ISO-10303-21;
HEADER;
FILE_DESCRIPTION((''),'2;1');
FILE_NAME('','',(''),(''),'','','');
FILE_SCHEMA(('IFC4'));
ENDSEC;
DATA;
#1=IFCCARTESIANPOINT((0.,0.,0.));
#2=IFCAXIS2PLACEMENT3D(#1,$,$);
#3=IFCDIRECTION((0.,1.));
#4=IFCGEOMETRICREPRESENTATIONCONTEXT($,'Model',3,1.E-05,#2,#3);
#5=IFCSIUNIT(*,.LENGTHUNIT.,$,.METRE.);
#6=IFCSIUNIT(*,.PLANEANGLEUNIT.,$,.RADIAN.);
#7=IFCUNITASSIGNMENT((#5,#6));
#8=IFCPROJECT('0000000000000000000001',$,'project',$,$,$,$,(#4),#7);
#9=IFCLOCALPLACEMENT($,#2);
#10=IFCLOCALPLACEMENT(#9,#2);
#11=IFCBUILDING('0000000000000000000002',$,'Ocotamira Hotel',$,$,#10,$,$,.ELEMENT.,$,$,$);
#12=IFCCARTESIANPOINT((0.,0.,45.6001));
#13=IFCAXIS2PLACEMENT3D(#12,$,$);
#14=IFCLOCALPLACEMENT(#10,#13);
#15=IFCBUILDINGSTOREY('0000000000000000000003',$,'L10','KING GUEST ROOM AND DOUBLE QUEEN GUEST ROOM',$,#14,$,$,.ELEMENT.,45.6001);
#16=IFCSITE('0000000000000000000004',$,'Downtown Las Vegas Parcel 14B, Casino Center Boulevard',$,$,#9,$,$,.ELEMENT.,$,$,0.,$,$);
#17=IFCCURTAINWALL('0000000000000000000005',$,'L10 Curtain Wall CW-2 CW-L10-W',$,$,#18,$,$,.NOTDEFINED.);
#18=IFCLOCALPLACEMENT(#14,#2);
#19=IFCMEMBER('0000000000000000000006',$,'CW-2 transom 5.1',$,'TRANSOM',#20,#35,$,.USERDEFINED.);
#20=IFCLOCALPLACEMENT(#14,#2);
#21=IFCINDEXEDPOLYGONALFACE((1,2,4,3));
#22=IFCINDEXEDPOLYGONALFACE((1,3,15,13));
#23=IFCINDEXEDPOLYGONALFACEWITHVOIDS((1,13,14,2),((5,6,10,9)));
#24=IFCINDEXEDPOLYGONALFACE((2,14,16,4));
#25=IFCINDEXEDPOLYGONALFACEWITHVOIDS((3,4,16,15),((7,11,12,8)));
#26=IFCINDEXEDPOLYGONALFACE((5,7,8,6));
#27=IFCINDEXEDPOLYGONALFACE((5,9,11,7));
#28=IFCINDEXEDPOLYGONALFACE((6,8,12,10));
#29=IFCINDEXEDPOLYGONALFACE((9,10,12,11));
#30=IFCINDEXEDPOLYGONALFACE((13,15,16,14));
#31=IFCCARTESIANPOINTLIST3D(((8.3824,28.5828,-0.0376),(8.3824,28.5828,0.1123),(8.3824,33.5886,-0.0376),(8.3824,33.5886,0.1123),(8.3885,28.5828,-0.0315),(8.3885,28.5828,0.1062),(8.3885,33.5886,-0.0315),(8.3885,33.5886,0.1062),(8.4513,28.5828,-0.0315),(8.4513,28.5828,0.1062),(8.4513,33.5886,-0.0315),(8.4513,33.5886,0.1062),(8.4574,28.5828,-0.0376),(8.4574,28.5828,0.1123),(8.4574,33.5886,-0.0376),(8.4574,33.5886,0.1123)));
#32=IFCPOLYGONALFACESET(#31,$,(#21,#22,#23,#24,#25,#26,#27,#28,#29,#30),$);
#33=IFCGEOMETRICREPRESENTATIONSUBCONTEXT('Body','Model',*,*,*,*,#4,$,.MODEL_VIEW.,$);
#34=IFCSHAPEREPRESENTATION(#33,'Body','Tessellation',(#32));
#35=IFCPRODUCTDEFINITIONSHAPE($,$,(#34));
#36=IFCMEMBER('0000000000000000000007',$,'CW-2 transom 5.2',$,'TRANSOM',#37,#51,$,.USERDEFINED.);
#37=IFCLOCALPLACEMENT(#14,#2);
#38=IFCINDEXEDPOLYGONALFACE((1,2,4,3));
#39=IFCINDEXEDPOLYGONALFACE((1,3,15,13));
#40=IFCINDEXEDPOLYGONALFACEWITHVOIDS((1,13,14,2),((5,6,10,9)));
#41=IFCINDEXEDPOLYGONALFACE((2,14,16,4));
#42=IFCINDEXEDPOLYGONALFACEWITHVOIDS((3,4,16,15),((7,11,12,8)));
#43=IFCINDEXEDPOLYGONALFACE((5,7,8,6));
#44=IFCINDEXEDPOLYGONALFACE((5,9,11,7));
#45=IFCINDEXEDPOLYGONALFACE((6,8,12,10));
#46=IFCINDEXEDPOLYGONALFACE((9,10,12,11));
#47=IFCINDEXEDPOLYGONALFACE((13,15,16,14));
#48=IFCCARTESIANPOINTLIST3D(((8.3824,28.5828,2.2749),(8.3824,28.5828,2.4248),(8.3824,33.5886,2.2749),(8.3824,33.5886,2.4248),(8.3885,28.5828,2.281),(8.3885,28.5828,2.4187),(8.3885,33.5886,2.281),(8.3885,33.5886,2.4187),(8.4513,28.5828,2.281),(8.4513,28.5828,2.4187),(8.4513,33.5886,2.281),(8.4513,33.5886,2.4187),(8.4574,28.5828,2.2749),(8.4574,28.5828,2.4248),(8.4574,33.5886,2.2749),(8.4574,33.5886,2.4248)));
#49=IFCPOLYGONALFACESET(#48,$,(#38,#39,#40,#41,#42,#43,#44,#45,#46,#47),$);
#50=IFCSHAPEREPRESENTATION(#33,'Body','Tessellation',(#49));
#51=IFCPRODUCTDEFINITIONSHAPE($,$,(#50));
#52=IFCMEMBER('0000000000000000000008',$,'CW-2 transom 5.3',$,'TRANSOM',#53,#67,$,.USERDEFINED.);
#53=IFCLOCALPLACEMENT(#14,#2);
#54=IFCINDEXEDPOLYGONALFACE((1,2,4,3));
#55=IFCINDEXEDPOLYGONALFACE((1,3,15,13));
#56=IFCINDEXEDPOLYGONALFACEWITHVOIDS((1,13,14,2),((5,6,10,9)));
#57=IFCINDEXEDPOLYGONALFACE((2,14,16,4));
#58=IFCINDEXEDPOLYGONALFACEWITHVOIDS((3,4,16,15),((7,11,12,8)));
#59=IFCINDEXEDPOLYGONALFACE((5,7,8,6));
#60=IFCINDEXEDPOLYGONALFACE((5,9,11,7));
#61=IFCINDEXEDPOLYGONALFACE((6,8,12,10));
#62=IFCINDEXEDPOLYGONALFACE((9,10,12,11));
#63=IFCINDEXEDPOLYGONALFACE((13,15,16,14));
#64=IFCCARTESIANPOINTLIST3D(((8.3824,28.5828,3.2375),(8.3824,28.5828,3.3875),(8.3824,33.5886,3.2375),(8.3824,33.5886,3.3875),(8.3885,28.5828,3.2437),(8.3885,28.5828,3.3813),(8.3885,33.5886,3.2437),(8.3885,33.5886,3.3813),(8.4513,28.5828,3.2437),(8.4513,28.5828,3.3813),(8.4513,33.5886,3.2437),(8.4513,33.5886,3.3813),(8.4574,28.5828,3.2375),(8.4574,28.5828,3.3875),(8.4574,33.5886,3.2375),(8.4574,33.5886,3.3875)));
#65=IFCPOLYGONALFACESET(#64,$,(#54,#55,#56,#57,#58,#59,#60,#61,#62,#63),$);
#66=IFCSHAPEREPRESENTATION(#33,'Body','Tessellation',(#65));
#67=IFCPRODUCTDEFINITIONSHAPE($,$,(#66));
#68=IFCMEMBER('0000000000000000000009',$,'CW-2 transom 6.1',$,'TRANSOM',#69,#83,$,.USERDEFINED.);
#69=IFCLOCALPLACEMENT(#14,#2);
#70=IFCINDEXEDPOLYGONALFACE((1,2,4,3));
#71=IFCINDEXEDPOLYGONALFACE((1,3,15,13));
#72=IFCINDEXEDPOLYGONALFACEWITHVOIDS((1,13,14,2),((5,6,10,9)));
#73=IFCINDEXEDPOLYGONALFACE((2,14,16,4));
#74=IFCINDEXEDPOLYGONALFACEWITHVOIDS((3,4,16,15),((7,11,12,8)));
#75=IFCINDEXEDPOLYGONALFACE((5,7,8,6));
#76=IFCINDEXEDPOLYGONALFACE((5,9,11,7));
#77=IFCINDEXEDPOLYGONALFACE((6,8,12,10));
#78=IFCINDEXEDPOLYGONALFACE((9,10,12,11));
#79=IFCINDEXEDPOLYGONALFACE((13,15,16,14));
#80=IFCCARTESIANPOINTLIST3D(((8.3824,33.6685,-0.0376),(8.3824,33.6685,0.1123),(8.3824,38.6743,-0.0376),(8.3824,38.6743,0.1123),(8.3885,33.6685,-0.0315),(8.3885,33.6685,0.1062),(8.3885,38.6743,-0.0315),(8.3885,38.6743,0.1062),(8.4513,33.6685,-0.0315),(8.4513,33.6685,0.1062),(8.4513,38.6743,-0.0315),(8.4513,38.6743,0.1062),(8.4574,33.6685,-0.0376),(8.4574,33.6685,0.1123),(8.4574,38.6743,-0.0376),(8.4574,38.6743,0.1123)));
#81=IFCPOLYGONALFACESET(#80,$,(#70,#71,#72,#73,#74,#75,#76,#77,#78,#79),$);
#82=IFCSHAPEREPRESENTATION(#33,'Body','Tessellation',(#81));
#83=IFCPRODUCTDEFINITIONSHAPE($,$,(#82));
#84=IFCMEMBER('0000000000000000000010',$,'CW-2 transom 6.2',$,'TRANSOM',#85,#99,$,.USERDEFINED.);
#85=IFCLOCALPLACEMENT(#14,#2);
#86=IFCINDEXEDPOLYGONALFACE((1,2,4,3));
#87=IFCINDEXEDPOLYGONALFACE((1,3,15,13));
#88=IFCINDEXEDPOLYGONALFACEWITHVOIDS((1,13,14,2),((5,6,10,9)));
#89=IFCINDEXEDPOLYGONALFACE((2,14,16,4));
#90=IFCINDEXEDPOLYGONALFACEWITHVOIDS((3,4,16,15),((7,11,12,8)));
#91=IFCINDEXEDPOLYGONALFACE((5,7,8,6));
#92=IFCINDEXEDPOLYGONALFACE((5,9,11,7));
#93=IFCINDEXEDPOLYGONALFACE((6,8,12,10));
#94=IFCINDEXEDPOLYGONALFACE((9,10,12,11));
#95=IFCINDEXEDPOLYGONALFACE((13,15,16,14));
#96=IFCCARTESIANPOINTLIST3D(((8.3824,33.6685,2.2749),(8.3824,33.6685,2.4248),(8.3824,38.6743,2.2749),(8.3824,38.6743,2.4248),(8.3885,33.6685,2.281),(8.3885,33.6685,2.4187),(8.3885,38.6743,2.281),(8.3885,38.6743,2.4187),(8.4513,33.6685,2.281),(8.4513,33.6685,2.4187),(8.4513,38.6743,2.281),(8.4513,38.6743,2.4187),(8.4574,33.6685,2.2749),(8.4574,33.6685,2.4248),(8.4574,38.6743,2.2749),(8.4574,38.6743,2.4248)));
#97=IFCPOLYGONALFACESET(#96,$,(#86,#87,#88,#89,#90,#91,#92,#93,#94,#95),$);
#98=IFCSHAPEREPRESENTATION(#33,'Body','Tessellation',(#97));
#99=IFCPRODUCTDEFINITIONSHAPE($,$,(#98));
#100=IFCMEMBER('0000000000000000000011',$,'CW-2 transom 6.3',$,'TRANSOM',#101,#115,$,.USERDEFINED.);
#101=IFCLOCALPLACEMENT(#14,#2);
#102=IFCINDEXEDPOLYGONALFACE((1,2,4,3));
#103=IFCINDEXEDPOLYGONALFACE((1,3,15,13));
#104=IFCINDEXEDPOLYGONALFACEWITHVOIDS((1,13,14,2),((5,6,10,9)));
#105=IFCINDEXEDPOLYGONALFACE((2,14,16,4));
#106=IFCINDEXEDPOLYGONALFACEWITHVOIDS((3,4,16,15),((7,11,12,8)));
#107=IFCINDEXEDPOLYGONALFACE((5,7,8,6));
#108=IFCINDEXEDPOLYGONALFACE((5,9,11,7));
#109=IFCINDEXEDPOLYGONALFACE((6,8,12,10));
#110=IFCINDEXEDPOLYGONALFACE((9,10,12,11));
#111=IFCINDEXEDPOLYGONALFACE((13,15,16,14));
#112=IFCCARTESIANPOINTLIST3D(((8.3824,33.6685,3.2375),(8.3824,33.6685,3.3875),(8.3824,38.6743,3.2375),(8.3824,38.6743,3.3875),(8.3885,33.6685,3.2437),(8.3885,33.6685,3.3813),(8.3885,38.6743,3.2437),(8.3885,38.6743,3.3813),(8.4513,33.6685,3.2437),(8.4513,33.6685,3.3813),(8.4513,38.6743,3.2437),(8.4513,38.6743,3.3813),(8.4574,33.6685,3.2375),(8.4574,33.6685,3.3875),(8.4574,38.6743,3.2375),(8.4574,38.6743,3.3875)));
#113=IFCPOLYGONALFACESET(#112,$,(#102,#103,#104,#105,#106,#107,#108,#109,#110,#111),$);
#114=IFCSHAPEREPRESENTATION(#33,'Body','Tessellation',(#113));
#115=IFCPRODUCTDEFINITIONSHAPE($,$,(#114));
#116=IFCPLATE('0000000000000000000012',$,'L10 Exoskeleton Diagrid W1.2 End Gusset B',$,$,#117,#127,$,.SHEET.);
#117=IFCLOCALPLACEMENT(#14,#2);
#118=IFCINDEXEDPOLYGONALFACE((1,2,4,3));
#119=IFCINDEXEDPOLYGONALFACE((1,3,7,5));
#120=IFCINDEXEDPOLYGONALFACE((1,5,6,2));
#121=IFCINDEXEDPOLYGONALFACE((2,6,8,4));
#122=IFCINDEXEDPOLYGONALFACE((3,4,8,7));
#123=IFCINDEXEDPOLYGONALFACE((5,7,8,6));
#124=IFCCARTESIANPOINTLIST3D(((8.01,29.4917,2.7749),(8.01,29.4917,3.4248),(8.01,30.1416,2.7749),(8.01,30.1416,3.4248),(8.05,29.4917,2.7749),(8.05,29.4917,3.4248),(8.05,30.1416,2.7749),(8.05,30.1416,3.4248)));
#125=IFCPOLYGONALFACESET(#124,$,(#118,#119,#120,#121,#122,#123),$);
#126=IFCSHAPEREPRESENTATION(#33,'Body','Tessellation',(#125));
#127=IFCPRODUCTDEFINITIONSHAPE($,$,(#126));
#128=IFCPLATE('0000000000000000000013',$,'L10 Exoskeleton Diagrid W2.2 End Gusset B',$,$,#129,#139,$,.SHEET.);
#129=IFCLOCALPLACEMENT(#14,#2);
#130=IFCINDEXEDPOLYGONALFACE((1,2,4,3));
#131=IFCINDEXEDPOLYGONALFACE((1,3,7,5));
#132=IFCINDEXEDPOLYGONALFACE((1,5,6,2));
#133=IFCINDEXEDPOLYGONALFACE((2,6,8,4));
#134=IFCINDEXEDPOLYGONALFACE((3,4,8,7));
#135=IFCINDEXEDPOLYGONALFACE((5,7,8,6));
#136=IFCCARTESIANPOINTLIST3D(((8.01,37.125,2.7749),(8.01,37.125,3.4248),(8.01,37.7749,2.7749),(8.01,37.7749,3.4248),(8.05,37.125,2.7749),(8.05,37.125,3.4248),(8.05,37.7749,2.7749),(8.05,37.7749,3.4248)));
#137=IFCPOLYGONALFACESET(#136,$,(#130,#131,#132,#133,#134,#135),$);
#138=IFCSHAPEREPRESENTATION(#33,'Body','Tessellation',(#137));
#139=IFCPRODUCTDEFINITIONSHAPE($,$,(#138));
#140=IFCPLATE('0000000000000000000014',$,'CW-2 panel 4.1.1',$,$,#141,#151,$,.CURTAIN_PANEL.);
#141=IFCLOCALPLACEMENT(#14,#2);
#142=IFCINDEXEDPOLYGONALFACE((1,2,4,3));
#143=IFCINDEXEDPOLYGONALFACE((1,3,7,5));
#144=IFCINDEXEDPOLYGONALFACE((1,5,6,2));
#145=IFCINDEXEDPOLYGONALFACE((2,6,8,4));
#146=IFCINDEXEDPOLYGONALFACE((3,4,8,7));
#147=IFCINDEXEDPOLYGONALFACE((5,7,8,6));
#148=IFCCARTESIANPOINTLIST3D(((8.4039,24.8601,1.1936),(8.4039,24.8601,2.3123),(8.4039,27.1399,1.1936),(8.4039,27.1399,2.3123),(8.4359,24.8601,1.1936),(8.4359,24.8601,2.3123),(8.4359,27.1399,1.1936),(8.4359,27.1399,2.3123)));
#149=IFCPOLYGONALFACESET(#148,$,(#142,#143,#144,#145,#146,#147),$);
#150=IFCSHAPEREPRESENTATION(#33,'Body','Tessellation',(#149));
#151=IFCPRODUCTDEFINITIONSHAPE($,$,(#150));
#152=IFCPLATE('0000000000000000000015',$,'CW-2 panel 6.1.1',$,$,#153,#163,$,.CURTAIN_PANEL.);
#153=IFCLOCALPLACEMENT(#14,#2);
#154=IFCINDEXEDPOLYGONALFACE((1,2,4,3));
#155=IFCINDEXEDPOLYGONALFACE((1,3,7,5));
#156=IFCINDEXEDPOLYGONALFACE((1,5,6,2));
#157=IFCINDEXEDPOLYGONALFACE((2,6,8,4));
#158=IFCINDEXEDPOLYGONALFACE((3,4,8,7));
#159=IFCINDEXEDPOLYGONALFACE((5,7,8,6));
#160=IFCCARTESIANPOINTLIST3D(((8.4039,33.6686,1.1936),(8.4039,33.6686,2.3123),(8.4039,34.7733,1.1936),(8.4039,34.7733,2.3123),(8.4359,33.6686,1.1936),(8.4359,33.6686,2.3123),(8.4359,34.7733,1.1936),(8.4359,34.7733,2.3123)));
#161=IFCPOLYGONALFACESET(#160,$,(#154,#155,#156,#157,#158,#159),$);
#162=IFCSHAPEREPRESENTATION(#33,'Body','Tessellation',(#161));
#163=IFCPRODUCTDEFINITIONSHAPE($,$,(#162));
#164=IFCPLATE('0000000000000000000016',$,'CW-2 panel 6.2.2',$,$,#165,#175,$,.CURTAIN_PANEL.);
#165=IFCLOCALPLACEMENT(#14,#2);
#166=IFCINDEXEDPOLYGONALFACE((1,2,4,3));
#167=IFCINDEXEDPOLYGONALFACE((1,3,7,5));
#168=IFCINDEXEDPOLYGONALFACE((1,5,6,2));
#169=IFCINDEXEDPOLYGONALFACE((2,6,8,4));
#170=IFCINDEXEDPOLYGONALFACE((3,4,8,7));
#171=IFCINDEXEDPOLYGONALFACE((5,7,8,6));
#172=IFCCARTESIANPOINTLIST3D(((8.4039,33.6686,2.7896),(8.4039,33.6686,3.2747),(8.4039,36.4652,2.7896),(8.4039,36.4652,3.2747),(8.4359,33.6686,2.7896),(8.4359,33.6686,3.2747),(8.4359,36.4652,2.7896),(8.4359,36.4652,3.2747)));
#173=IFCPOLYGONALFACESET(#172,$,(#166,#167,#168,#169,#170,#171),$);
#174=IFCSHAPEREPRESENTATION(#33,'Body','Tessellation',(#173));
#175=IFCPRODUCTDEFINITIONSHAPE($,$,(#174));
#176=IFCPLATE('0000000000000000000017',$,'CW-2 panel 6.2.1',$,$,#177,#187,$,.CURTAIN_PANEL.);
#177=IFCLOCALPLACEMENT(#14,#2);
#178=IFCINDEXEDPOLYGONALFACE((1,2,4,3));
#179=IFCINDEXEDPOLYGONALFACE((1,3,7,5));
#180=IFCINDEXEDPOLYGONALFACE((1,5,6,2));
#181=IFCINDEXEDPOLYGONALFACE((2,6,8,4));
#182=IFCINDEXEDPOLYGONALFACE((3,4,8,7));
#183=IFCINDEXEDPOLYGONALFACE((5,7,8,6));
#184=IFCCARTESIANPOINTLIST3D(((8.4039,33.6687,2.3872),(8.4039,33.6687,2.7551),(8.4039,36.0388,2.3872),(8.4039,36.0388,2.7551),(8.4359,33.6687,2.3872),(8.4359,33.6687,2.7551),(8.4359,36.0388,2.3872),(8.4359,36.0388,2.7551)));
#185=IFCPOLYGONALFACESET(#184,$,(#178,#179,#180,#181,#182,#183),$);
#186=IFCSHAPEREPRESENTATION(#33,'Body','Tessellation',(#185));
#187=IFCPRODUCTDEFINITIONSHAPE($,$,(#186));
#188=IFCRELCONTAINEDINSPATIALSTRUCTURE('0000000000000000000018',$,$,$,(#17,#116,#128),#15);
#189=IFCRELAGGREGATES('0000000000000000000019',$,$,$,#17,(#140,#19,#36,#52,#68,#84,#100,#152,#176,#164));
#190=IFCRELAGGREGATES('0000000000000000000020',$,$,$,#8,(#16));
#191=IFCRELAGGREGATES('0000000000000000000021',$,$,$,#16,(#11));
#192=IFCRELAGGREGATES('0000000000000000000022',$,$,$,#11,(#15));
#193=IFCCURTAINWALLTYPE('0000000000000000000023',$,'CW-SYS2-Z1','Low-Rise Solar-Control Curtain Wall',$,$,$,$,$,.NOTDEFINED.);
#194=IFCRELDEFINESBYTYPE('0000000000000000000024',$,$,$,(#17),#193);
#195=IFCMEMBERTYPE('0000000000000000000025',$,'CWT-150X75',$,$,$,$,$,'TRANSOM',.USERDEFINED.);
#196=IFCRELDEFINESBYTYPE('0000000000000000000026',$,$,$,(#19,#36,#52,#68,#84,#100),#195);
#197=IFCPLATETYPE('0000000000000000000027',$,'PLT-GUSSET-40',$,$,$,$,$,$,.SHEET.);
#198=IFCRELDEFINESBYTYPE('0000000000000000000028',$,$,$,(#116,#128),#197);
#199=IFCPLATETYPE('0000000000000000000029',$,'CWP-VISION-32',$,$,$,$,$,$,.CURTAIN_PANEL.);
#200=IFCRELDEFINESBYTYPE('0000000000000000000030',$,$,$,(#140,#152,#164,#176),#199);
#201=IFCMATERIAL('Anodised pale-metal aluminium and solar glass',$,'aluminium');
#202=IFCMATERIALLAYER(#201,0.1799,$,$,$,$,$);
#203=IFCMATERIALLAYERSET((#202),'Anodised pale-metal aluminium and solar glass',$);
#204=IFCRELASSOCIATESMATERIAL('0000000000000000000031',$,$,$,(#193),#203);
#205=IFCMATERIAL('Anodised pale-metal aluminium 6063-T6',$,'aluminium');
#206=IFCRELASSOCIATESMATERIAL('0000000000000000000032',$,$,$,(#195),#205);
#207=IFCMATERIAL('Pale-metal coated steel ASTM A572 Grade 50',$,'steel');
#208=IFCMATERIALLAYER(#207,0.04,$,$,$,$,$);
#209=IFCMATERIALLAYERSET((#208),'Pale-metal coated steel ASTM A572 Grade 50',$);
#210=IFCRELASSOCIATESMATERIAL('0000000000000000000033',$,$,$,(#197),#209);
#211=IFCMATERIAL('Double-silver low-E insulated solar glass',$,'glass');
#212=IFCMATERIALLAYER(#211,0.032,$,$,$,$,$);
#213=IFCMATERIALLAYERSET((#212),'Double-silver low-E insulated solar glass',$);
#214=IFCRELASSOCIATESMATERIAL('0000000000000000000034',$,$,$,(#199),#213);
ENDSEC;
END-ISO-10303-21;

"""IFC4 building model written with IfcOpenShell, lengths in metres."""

from ifc_helpers import new_model, si_unit, direction, frame, origin, origin_2d, place, context, subcontext, project, spatial, rectangle, hollow_rectangle, extrude, source, transform, mapped, material, layer, layer_set, material_profile, profile_set, type_object, element, aggregate, save


model = new_model("IFC4")

# Units and contexts
model_context = context("Model", 3, precision=1e-05, world=origin(), true_north=direction((0.0, 1.0)))
body_context = subcontext(model_context, "Body", "Model", "MODEL_VIEW")
ifc_project = project(units=[si_unit("LENGTHUNIT", "METRE"), si_unit("PLANEANGLEUNIT", "RADIAN")], contexts=[model_context])

# Site, building, storey
site_placement = place(None, origin())
site = spatial("IfcSite", under=ifc_project, at=site_placement, Name="Downtown Las Vegas Parcel 14B, Casino Center Boulevard", CompositionType="ELEMENT", RefElevation=0.0)
building_placement = place(site_placement, origin())
building = spatial("IfcBuilding", under=site, at=building_placement, Name="Ocotamira Hotel", CompositionType="ELEMENT")
storey_placement = place(building_placement, frame((0.0, 0.0, 45.6001)))
storey = spatial("IfcBuildingStorey", under=building, at=storey_placement, Name="L10", Description="KING GUEST ROOM AND DOUBLE QUEEN GUEST ROOM", CompositionType="ELEMENT", Elevation=45.6001)

# Curtain wall, members
ifc_material_1 = material(Name="Anodised pale-metal aluminium and solar glass", Category="aluminium")
ifc_layer_1 = layer(ifc_material_1, 0.1799)
ifc_layer_set_1 = layer_set([ifc_layer_1], Name="Anodised pale-metal aluminium and solar glass")
curtain_wall_type = type_object("IfcCurtainWallType", Name="CW-SYS2-Z1", Description="Low-Rise Solar-Control Curtain Wall", PredefinedType="NOTDEFINED", material=ifc_layer_set_1)
curtain_wall_placement = place(storey_placement, origin())
curtain_wall = element("IfcCurtainWall", 1, at=curtain_wall_placement, inside=storey, type_object=curtain_wall_type, Name="L10 Curtain Wall CW-2 CW-L10-W", PredefinedType="NOTDEFINED")
ifc_material_2 = material(Name="Anodised pale-metal aluminium 6063-T6", Category="aluminium")
ifc_material_profile_1 = material_profile(ifc_material_2, hollow_rectangle(XDim=0.075, YDim=0.1499, WallThickness=0.0061, at=origin_2d()), Name="HSS150X75X6")
ifc_profile_set_1 = profile_set([ifc_material_profile_1], Name="Anodised pale-metal aluminium 6063-T6")
member_type_1 = type_object("IfcMemberType", Name="CWT-150X75", ElementType="TRANSOM", PredefinedType="USERDEFINED", material=ifc_profile_set_1)
shared_shape_1 = source(origin(), body_context, "Body", "SweptSolid", [
    extrude(hollow_rectangle(XDim=0.075, YDim=0.1499, WallThickness=0.0061, at=origin_2d()), origin(), (0.0, 0.0, 1.0), 5.0059),
])
member_1_placement = place(storey_placement, frame((8.4199, 28.5828, 0.0374), z_axis=(0.0, 1.0, 0.0), x_axis=(-1.0, 0.0, 0.0)))
member_1 = element("IfcMember", 2, at=member_1_placement, type_object=member_type_1, Name="CW-2 transom 5.1", ObjectType="TRANSOM", PredefinedType="USERDEFINED", context=body_context, shape_type="MappedRepresentation", body=[
    mapped(shared_shape_1, transform((0.0, 0.0, 0.0), scale=1.0)),
])
member_2_placement = place(storey_placement, frame((8.4199, 28.5828, 2.3499), z_axis=(0.0, 1.0, 0.0), x_axis=(-1.0, 0.0, 0.0)))
member_2 = element("IfcMember", 3, at=member_2_placement, type_object=member_type_1, Name="CW-2 transom 5.2", ObjectType="TRANSOM", PredefinedType="USERDEFINED", context=body_context, shape_type="MappedRepresentation", body=[
    mapped(shared_shape_1, transform((0.0, 0.0, 0.0), scale=1.0)),
])
member_3_placement = place(storey_placement, frame((8.4199, 28.5828, 3.3125), z_axis=(0.0, 1.0, 0.0), x_axis=(-1.0, 0.0, 0.0)))
member_3 = element("IfcMember", 4, at=member_3_placement, type_object=member_type_1, Name="CW-2 transom 5.3", ObjectType="TRANSOM", PredefinedType="USERDEFINED", context=body_context, shape_type="MappedRepresentation", body=[
    mapped(shared_shape_1, transform((0.0, 0.0, 0.0), scale=1.0)),
])
member_4_placement = place(storey_placement, frame((8.4199, 33.6685, 0.0374), z_axis=(0.0, 1.0, 0.0), x_axis=(-1.0, 0.0, 0.0)))
member_4 = element("IfcMember", 5, at=member_4_placement, type_object=member_type_1, Name="CW-2 transom 6.1", ObjectType="TRANSOM", PredefinedType="USERDEFINED", context=body_context, shape_type="MappedRepresentation", body=[
    mapped(shared_shape_1, transform((0.0, 0.0, 0.0), scale=1.0)),
])
member_5_placement = place(storey_placement, frame((8.4199, 33.6685, 2.3499), z_axis=(0.0, 1.0, 0.0), x_axis=(-1.0, 0.0, 0.0)))
member_5 = element("IfcMember", 6, at=member_5_placement, type_object=member_type_1, Name="CW-2 transom 6.2", ObjectType="TRANSOM", PredefinedType="USERDEFINED", context=body_context, shape_type="MappedRepresentation", body=[
    mapped(shared_shape_1, transform((0.0, 0.0, 0.0), scale=1.0)),
])
member_6_placement = place(storey_placement, frame((8.4199, 33.6685, 3.3125), z_axis=(0.0, 1.0, 0.0), x_axis=(-1.0, 0.0, 0.0)))
member_6 = element("IfcMember", 7, at=member_6_placement, type_object=member_type_1, Name="CW-2 transom 6.3", ObjectType="TRANSOM", PredefinedType="USERDEFINED", context=body_context, shape_type="MappedRepresentation", body=[
    mapped(shared_shape_1, transform((0.0, 0.0, 0.0), scale=1.0)),
])

# Plates
ifc_material_3 = material(Name="Pale-metal coated steel ASTM A572 Grade 50", Category="steel")
ifc_layer_2 = layer(ifc_material_3, 0.04)
ifc_layer_set_2 = layer_set([ifc_layer_2], Name="Pale-metal coated steel ASTM A572 Grade 50")
plate_type_1 = type_object("IfcPlateType", Name="PLT-GUSSET-40", PredefinedType="SHEET", material=ifc_layer_set_2)
shared_shape_2 = source(origin(), body_context, "Body", "SweptSolid", [
    extrude(rectangle(XDim=0.04, YDim=0.6499, at=origin_2d()), origin(), (0.0, 0.0, 1.0), 0.6499),
])
for number, where, z_axis, x_axis, name in (
    (8, (8.03, 29.8167, 2.7749), (0.0, 0.0, 1.0), (1.0, 0.0, 0.0), "L10 Exoskeleton Diagrid W1.2 End Gusset B"),
    (9, (8.03, 37.45, 2.7749), (0.0, 0.0, 1.0), (1.0, 0.0, 0.0), "L10 Exoskeleton Diagrid W2.2 End Gusset B"),
):
    element("IfcPlate", number, at=place(storey_placement, frame(where, z_axis=z_axis, x_axis=x_axis)), inside=storey, type_object=plate_type_1, Name=name, PredefinedType="SHEET", context=body_context, shape_type="MappedRepresentation", body=[
        mapped(shared_shape_2, transform((0.0, 0.0, 0.0), scale=1.0)),
    ])

# Plates
ifc_material_4 = material(Name="Double-silver low-E insulated solar glass", Category="glass")
ifc_layer_3 = layer(ifc_material_4, 0.032)
ifc_layer_set_3 = layer_set([ifc_layer_3], Name="Double-silver low-E insulated solar glass")
plate_type_2 = type_object("IfcPlateType", Name="CWP-VISION-32", PredefinedType="CURTAIN_PANEL", material=ifc_layer_set_3)
shared_shape_3 = source(origin(), body_context, "Body", "SweptSolid", [
    extrude(rectangle(XDim=2.2798, YDim=0.032, at=origin_2d()), origin(), (0.0, 0.0, 1.0), 1.1187),
])
plate_1_placement = place(storey_placement, frame((8.4199, 26.0, 1.1936), z_axis=(0.0, 0.0, 1.0), x_axis=(0.0, 1.0, 0.0)))
plate_1 = element("IfcPlate", 10, at=plate_1_placement, type_object=plate_type_2, Name="CW-2 panel 4.1.1", PredefinedType="CURTAIN_PANEL", context=body_context, shape_type="MappedRepresentation", body=[
    mapped(shared_shape_3, transform((0.0, 0.0, 0.0), scale=1.0)),
])
shared_shape_4 = source(origin(), body_context, "Body", "SweptSolid", [
    extrude(rectangle(XDim=1.1047, YDim=0.032, at=origin_2d()), origin(), (0.0, 0.0, 1.0), 1.1187),
])
plate_2_placement = place(storey_placement, frame((8.4199, 34.2209, 1.1936), z_axis=(0.0, 0.0, 1.0), x_axis=(0.0, 1.0, 0.0)))
plate_2 = element("IfcPlate", 11, at=plate_2_placement, type_object=plate_type_2, Name="CW-2 panel 6.1.1", PredefinedType="CURTAIN_PANEL", context=body_context, shape_type="MappedRepresentation", body=[
    mapped(shared_shape_4, transform((0.0, 0.0, 0.0), scale=1.0)),
])
shared_shape_5 = source(origin(), body_context, "Body", "SweptSolid", [
    extrude(rectangle(XDim=2.7966, YDim=0.032, at=origin_2d()), origin(), (0.0, 0.0, 1.0), 0.4851),
])
plate_3_placement = place(storey_placement, frame((8.4199, 35.0669, 2.7896), z_axis=(0.0, 0.0, 1.0), x_axis=(0.0, 1.0, 0.0)))
plate_3 = element("IfcPlate", 12, at=plate_3_placement, type_object=plate_type_2, Name="CW-2 panel 6.2.2", PredefinedType="CURTAIN_PANEL", context=body_context, shape_type="MappedRepresentation", body=[
    mapped(shared_shape_5, transform((0.0, 0.0, 0.0), scale=1.0)),
])
shared_shape_6 = source(origin(), body_context, "Body", "SweptSolid", [
    extrude(rectangle(XDim=2.3701, YDim=0.032, at=origin_2d()), origin(), (0.0, 0.0, 1.0), 0.3679),
])
plate_4_placement = place(storey_placement, frame((8.4199, 34.8538, 2.3872), z_axis=(0.0, 0.0, 1.0), x_axis=(0.0, 1.0, 0.0)))
plate_4 = element("IfcPlate", 13, at=plate_4_placement, type_object=plate_type_2, Name="CW-2 panel 6.2.1", PredefinedType="CURTAIN_PANEL", context=body_context, shape_type="MappedRepresentation", body=[
    mapped(shared_shape_6, transform((0.0, 0.0, 0.0), scale=1.0)),
])
aggregate(curtain_wall, [plate_1, member_1, member_2, member_3, member_4, member_5, member_6, plate_2, plate_4, plate_3])

save(model, "model.ifc")
